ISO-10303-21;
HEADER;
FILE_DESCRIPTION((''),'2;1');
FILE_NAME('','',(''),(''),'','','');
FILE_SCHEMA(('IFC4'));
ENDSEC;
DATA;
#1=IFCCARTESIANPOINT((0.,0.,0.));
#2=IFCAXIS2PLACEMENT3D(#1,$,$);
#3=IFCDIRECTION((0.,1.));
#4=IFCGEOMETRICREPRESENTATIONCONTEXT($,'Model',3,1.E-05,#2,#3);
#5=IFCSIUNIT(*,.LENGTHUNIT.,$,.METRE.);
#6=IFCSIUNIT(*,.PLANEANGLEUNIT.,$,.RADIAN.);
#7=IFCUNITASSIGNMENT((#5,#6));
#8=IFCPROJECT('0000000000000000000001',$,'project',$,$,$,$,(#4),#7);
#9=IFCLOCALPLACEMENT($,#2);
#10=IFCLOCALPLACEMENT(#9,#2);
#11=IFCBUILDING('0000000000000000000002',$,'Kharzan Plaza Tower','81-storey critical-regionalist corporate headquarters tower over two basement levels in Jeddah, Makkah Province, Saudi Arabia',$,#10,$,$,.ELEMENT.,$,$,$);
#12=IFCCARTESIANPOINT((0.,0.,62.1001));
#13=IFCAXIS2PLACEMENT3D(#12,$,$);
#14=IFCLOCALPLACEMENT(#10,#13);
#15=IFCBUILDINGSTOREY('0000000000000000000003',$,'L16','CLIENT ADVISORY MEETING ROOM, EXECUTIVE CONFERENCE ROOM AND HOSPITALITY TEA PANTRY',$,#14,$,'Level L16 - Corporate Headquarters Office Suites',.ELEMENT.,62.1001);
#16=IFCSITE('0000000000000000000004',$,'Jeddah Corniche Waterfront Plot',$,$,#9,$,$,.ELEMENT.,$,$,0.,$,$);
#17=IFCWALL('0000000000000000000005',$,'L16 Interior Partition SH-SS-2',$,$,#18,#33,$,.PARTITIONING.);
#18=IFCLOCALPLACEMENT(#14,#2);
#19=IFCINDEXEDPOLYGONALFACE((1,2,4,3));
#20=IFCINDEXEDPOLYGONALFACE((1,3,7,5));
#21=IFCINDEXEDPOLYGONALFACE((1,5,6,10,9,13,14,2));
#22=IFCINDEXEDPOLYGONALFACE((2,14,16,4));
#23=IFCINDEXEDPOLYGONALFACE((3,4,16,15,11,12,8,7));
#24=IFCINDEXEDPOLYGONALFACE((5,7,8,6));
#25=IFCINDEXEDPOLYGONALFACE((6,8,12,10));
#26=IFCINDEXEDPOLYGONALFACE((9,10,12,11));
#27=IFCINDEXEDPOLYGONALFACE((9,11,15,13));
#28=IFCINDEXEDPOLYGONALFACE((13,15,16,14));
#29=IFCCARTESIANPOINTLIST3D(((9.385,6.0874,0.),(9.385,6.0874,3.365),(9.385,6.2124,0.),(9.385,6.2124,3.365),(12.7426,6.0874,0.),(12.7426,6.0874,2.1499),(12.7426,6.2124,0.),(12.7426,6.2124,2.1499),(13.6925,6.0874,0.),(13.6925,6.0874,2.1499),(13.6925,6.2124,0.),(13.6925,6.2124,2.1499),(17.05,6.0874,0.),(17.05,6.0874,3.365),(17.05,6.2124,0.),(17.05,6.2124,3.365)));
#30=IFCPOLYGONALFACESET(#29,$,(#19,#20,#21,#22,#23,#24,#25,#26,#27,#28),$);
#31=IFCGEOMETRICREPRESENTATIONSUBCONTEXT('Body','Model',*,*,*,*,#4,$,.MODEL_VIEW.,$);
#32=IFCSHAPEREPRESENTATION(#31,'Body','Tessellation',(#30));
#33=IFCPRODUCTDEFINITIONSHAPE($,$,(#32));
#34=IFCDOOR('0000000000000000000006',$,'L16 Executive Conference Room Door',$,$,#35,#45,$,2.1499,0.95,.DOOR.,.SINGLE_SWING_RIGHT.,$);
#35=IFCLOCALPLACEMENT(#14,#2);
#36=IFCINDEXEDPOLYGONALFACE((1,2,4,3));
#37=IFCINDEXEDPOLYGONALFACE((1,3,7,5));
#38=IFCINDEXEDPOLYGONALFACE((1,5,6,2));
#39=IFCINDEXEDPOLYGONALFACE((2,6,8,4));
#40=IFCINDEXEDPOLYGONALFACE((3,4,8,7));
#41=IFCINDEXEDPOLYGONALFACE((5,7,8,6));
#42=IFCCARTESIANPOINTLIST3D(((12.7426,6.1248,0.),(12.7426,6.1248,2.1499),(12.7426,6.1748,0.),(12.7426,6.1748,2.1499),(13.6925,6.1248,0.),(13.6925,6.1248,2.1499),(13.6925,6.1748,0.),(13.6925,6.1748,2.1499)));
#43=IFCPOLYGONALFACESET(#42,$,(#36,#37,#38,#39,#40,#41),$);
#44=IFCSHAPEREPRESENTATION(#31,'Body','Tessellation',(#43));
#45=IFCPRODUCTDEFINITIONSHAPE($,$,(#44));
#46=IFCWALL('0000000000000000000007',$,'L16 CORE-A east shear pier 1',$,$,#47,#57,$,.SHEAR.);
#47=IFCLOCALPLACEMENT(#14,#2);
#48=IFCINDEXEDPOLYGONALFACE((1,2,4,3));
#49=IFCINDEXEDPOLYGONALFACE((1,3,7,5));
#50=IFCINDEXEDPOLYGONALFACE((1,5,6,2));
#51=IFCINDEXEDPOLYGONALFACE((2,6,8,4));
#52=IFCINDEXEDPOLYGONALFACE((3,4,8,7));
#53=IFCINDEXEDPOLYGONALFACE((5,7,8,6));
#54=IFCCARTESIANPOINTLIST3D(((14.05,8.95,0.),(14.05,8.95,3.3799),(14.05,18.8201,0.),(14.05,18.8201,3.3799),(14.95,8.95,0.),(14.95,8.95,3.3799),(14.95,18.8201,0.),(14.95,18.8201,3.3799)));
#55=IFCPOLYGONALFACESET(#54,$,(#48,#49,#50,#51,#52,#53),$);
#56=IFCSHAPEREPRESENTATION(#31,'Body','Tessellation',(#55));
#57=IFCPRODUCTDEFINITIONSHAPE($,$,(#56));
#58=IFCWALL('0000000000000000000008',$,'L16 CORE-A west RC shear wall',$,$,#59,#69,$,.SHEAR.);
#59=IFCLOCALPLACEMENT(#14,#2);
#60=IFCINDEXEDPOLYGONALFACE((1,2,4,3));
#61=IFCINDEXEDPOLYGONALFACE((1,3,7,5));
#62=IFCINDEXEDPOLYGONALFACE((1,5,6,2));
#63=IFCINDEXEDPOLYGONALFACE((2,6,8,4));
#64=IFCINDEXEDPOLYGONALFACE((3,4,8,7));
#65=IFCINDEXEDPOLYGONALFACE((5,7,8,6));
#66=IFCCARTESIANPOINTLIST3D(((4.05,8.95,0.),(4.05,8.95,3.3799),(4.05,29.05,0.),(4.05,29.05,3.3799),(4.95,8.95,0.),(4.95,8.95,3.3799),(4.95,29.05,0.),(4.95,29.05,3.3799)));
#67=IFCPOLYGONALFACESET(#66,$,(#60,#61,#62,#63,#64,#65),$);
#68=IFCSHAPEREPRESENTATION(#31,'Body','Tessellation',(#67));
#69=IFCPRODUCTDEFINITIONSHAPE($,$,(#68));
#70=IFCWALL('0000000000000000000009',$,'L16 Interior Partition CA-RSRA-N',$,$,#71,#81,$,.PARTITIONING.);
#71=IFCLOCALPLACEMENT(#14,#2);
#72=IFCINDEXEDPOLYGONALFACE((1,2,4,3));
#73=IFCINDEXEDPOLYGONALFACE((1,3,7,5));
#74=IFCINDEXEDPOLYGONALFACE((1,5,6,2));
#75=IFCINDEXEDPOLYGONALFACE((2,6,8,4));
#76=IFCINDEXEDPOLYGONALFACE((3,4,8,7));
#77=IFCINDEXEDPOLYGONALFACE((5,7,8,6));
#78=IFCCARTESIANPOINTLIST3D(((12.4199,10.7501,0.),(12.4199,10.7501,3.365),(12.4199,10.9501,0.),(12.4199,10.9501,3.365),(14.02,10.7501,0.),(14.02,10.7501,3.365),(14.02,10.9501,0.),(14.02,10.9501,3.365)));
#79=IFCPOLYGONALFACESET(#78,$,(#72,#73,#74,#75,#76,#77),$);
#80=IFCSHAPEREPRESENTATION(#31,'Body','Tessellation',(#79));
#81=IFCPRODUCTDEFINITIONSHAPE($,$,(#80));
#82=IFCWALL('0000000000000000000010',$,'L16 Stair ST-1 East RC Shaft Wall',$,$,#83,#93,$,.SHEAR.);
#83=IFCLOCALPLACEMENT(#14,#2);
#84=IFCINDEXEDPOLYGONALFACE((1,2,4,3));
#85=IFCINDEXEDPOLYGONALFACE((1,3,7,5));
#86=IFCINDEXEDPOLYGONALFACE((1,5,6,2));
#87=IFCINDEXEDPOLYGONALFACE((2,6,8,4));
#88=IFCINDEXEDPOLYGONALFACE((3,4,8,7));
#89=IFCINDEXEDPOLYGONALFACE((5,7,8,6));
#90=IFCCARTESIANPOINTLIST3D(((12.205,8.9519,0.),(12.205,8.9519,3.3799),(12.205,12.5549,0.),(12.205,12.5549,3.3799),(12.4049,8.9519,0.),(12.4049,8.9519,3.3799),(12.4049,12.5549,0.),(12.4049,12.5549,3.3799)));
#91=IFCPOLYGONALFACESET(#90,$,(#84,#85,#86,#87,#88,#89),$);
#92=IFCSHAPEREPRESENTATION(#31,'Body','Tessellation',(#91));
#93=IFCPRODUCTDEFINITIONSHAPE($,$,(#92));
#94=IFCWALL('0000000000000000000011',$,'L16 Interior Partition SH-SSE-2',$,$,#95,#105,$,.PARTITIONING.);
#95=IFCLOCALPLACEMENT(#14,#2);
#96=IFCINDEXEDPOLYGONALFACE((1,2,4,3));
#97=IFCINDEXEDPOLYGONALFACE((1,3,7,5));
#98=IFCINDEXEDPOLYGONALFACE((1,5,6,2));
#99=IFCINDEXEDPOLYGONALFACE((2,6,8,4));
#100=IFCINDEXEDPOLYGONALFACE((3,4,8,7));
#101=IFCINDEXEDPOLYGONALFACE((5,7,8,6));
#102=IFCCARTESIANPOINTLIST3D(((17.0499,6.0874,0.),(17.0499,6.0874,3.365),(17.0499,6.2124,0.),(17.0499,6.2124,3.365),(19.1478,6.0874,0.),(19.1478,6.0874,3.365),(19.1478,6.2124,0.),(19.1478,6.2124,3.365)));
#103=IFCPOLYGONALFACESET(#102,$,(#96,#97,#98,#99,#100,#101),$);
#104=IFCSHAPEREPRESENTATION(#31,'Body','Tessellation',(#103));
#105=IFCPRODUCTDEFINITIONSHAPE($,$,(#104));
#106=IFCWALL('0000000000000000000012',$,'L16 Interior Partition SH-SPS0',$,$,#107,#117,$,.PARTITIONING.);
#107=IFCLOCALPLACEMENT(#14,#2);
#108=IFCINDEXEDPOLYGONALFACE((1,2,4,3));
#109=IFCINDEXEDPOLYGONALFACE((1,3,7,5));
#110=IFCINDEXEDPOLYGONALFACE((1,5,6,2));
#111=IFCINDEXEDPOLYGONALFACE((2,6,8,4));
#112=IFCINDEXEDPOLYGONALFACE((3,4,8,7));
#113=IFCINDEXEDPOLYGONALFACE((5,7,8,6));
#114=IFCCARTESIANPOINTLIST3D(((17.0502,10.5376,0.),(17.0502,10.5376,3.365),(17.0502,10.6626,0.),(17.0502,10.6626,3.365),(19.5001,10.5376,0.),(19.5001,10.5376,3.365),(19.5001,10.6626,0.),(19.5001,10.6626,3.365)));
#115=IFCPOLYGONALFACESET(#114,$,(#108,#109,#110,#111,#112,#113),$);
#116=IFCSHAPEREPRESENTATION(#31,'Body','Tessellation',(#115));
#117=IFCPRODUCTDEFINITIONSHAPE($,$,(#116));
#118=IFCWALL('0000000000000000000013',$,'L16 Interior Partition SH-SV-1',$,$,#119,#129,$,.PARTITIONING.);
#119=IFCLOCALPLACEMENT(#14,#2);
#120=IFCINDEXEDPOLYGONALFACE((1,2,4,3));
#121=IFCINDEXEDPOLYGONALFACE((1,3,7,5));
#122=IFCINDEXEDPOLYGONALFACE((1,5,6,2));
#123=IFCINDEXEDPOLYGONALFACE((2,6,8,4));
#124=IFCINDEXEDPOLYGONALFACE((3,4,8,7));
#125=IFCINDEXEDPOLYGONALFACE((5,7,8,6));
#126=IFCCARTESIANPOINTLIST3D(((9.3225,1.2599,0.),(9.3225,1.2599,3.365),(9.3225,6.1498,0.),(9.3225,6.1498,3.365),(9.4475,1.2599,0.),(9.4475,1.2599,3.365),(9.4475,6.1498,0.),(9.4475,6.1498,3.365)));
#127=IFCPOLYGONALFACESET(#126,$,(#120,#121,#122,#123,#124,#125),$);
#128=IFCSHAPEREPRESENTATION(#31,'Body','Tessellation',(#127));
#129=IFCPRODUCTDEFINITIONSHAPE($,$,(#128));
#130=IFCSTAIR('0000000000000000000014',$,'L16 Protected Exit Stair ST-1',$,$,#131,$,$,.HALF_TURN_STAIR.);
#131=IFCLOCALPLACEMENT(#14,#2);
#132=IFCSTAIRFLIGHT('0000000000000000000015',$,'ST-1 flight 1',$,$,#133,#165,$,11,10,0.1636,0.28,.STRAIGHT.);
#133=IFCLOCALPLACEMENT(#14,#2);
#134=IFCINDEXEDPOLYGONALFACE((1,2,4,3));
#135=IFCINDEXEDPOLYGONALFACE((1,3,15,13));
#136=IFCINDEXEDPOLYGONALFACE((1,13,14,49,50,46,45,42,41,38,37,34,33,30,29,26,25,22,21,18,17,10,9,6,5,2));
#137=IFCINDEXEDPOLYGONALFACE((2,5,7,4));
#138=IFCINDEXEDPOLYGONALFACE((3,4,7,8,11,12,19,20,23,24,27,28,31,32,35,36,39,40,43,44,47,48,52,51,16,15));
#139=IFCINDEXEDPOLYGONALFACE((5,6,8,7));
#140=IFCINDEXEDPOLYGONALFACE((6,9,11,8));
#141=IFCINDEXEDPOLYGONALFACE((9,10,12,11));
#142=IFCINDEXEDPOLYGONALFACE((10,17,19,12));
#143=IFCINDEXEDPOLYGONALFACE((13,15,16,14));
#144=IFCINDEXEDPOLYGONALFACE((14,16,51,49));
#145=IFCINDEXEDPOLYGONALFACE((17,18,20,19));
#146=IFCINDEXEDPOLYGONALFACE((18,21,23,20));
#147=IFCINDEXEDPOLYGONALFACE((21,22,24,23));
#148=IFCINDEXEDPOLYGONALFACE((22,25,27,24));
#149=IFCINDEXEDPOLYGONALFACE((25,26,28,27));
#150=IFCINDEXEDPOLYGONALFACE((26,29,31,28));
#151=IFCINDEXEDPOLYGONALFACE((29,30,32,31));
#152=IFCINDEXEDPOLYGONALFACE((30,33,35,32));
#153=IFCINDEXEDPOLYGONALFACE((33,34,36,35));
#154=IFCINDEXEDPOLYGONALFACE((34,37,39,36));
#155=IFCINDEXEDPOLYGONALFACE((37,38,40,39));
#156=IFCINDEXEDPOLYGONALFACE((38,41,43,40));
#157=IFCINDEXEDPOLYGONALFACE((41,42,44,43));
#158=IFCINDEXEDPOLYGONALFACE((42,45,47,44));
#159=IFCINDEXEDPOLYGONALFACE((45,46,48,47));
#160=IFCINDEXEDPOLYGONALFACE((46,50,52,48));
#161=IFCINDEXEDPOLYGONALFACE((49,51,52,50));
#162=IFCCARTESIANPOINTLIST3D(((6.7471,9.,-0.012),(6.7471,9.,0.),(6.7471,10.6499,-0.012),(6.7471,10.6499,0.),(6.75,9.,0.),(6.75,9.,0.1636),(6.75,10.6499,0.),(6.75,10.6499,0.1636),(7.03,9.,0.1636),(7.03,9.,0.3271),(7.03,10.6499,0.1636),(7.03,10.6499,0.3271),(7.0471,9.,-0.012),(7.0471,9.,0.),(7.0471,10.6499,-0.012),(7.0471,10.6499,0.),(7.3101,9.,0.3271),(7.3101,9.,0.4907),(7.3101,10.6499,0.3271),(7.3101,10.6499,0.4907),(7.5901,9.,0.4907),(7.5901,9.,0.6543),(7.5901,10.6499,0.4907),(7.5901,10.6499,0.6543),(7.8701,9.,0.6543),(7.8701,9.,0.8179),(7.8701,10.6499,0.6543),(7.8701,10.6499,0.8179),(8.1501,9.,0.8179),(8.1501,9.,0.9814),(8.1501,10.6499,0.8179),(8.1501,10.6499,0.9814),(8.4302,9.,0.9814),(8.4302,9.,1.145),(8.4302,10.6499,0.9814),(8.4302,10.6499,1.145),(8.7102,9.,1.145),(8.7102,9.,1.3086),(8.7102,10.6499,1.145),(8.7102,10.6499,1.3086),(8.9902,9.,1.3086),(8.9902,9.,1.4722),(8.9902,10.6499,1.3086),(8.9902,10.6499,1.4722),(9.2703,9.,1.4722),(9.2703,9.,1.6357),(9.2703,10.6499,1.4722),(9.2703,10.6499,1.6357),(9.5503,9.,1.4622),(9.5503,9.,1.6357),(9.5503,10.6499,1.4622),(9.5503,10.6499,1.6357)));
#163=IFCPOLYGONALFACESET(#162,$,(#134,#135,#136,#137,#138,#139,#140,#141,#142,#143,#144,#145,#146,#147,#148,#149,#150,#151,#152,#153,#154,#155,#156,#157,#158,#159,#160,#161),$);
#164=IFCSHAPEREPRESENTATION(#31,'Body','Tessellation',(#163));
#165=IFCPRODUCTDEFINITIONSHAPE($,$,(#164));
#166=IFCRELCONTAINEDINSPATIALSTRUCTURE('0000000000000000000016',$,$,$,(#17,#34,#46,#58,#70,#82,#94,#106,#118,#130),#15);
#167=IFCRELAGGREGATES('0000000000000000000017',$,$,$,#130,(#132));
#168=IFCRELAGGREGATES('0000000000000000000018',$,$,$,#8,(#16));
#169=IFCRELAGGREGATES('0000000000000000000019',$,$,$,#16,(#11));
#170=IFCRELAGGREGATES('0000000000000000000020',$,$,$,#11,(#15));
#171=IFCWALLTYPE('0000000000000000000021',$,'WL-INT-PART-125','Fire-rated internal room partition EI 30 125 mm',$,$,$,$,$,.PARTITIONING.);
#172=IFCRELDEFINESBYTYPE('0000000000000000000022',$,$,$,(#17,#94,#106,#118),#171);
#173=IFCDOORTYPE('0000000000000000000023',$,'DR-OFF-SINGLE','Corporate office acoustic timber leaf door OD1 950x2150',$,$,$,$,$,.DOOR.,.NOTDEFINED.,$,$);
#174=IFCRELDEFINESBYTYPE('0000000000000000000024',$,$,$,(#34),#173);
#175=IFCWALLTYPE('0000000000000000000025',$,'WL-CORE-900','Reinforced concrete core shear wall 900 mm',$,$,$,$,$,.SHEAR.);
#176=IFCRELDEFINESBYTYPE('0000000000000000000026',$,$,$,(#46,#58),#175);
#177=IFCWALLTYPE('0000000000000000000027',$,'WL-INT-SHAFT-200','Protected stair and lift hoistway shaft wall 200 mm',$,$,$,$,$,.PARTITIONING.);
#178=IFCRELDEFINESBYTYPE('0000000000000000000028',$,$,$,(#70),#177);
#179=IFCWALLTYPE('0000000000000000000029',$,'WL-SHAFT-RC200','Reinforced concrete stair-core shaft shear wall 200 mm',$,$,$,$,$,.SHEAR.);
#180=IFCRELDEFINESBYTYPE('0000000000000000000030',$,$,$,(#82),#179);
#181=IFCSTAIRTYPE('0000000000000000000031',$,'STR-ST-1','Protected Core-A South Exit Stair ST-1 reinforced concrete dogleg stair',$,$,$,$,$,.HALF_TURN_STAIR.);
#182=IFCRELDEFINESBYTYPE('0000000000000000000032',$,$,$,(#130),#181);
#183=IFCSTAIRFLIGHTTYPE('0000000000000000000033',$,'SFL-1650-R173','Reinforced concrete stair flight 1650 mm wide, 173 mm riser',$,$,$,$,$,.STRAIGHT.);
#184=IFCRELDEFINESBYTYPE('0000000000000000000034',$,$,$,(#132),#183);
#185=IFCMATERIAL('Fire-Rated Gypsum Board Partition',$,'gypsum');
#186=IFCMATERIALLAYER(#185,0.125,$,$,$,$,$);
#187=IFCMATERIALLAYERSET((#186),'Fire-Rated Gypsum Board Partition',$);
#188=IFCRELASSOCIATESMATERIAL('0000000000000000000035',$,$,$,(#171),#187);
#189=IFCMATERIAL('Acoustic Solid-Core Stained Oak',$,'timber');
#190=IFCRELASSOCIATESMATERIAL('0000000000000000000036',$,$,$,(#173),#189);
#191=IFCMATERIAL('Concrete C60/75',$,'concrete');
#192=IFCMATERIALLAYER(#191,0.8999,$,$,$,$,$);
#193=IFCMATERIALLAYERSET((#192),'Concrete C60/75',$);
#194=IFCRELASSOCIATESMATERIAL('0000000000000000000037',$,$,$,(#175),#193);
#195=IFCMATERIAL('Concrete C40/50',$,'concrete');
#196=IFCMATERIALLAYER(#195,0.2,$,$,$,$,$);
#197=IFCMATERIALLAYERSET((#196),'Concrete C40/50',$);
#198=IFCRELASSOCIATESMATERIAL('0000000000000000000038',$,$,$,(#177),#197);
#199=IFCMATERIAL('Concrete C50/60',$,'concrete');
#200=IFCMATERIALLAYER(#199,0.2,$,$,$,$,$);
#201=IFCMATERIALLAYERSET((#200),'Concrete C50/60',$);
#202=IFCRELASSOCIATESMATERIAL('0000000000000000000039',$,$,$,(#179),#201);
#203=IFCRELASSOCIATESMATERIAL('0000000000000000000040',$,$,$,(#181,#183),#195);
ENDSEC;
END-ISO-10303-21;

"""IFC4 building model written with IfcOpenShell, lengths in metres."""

from ifc_helpers import new_model, si_unit, direction, frame, frame_2d, origin, place, context, subcontext, project, spatial, polyline, rectangle, outline, extrude, source, transform, mapped, material, layer, layer_set, type_object, element, fill, aggregate, save


model = new_model("IFC4")

# Units and contexts
model_context = context("Model", 3, precision=1e-05, world=origin(), true_north=direction((0.0, 1.0)))
body_context = subcontext(model_context, "Body", "Model", "MODEL_VIEW")
ifc_project = project(units=[si_unit("LENGTHUNIT", "METRE"), si_unit("PLANEANGLEUNIT", "RADIAN")], contexts=[model_context])

# Site, building, storey
site_placement = place(None, origin())
site = spatial("IfcSite", under=ifc_project, at=site_placement, Name="Jeddah Corniche Waterfront Plot", CompositionType="ELEMENT", RefElevation=0.0)
building_placement = place(site_placement, origin())
building = spatial("IfcBuilding", under=site, at=building_placement, Name="Kharzan Plaza Tower", Description="81-storey critical-regionalist corporate headquarters tower over two basement levels in Jeddah, Makkah Province, Saudi Arabia", CompositionType="ELEMENT")
storey_placement = place(building_placement, frame((0.0, 0.0, 62.1001)))
storey = spatial("IfcBuildingStorey", under=building, at=storey_placement, Name="L16", Description="CLIENT ADVISORY MEETING ROOM, EXECUTIVE CONFERENCE ROOM AND HOSPITALITY TEA PANTRY", LongName="Level L16 - Corporate Headquarters Office Suites", CompositionType="ELEMENT", Elevation=62.1001)

# Shared definitions
ifc_material_1 = material(Name="Concrete C60/75", Category="concrete")

# Shared definitions
ifc_material_2 = material(Name="Concrete C40/50", Category="concrete")

# Wall, opening, door
ifc_material_3 = material(Name="Fire-Rated Gypsum Board Partition", Category="gypsum")
ifc_layer_1 = layer(ifc_material_3, 0.125)
ifc_layer_set_1 = layer_set([ifc_layer_1], Name="Fire-Rated Gypsum Board Partition")
wall_type_1 = type_object("IfcWallType", Name="WL-INT-PART-125", Description="Fire-rated internal room partition EI 30 125 mm", PredefinedType="PARTITIONING", material=ifc_layer_set_1)
ifc_material_4 = material(Name="Acoustic Solid-Core Stained Oak", Category="timber")
door_type = type_object("IfcDoorType", Name="DR-OFF-SINGLE", Description="Corporate office acoustic timber leaf door OD1 950x2150", OperationType="NOTDEFINED", PredefinedType="DOOR", material=ifc_material_4)
shared_shape_1 = source(origin(), body_context, "Body", "SweptSolid", [
    extrude(rectangle(XDim=0.95, YDim=2.1499, at=frame_2d((0.4751, 1.075))), frame((0.0, 0.0249, 0.0), z_axis=(0.0, -1.0, 0.0), x_axis=(1.0, 0.0, 0.0)), (0.0, 0.0, 1.0), 0.05),
])
wall_1_placement = place(storey_placement, frame((9.385, 6.1499, 0.0), z_axis=(0.0, 0.0, 1.0), x_axis=(1.0, 0.0, 0.0)))
wall_1 = element("IfcWall", 1, at=wall_1_placement, inside=storey, type_object=wall_type_1, Name="L16 Interior Partition SH-SS-2", PredefinedType="PARTITIONING", context=body_context, shape_type="SweptSolid", body=[
    extrude(rectangle(XDim=7.665, YDim=0.125, at=frame_2d((3.8325, 0.0))), origin(), (0.0, 0.0, 1.0), 3.365),
])
opening_1_placement = place(wall_1_placement, frame((3.3574, 0.0, 0.0)))
opening_1 = element("IfcOpeningElement", 2, at=opening_1_placement, cuts=wall_1, PredefinedType="OPENING", context=body_context, shape_type="SweptSolid", body=[
    extrude(rectangle(XDim=0.95, YDim=2.1499, at=frame_2d((0.4751, 1.075))), frame((0.0, 0.0725, 0.0), z_axis=(0.0, -1.0, 0.0), x_axis=(1.0, 0.0, 0.0)), (0.0, 0.0, 1.0), 0.145),
])
door_1_placement = place(opening_1_placement, origin())
door_1 = element("IfcDoor", 3, at=door_1_placement, inside=storey, type_object=door_type, Name="L16 Executive Conference Room Door", OperationType="SINGLE_SWING_RIGHT", OverallHeight=2.1499, OverallWidth=0.95, PredefinedType="DOOR", context=body_context, shape_type="MappedRepresentation", body=[
    mapped(shared_shape_1, transform((0.0, 0.0, 0.0), x_axis=(1.0, 0.0, 0.0), y_axis=(0.0, 1.0, 0.0), z_axis=(0.0, 0.0, 1.0))),
])
fill(opening_1, door_1)

# Walls
ifc_layer_2 = layer(ifc_material_1, 0.8999)
ifc_layer_set_2 = layer_set([ifc_layer_2], Name="Concrete C60/75")
wall_type_2 = type_object("IfcWallType", Name="WL-CORE-900", Description="Reinforced concrete core shear wall 900 mm", PredefinedType="SHEAR", material=ifc_layer_set_2)
shared_shape_2 = source(origin(), body_context, "Body", "SweptSolid", [
    extrude(rectangle(XDim=9.8701, YDim=0.8999, at=frame_2d((4.9351, 0.0))), origin(), (0.0, 0.0, 1.0), 3.3799),
])
wall_2_placement = place(storey_placement, frame((14.5, 8.95, 0.0), z_axis=(0.0, 0.0, 1.0), x_axis=(0.0, 1.0, 0.0)))
element("IfcWall", 4, at=wall_2_placement, inside=storey, type_object=wall_type_2, Name="L16 CORE-A east shear pier 1", PredefinedType="SHEAR", context=body_context, shape_type="MappedRepresentation", body=[
    mapped(shared_shape_2, transform((0.0, 0.0, 0.0), x_axis=(1.0, 0.0, 0.0), y_axis=(0.0, 1.0, 0.0), z_axis=(0.0, 0.0, 1.0))),
])
shared_shape_3 = source(origin(), body_context, "Body", "SweptSolid", [
    extrude(rectangle(XDim=20.1001, YDim=0.8999, at=frame_2d((10.05, 0.0))), origin(), (0.0, 0.0, 1.0), 3.3799),
])
wall_3_placement = place(storey_placement, frame((4.5, 8.95, 0.0), z_axis=(0.0, 0.0, 1.0), x_axis=(0.0, 1.0, 0.0)))
element("IfcWall", 5, at=wall_3_placement, inside=storey, type_object=wall_type_2, Name="L16 CORE-A west RC shear wall", PredefinedType="SHEAR", context=body_context, shape_type="MappedRepresentation", body=[
    mapped(shared_shape_3, transform((0.0, 0.0, 0.0), x_axis=(1.0, 0.0, 0.0), y_axis=(0.0, 1.0, 0.0), z_axis=(0.0, 0.0, 1.0))),
])
ifc_layer_3 = layer(ifc_material_2, 0.2)
ifc_layer_set_3 = layer_set([ifc_layer_3], Name="Concrete C40/50")
wall_type_3 = type_object("IfcWallType", Name="WL-INT-SHAFT-200", Description="Protected stair and lift hoistway shaft wall 200 mm", PredefinedType="PARTITIONING", material=ifc_layer_set_3)
shared_shape_4 = source(origin(), body_context, "Body", "SweptSolid", [
    extrude(rectangle(XDim=1.6001, YDim=0.2, at=frame_2d((0.8, 0.0))), origin(), (0.0, 0.0, 1.0), 3.365),
])
wall_4_placement = place(storey_placement, frame((12.4199, 10.8501, 0.0), z_axis=(0.0, 0.0, 1.0), x_axis=(1.0, 0.0, 0.0)))
element("IfcWall", 6, at=wall_4_placement, inside=storey, type_object=wall_type_3, Name="L16 Interior Partition CA-RSRA-N", PredefinedType="PARTITIONING", context=body_context, shape_type="MappedRepresentation", body=[
    mapped(shared_shape_4, transform((0.0, 0.0, 0.0), x_axis=(1.0, 0.0, 0.0), y_axis=(0.0, 1.0, 0.0), z_axis=(0.0, 0.0, 1.0))),
])
ifc_material_5 = material(Name="Concrete C50/60", Category="concrete")
ifc_layer_4 = layer(ifc_material_5, 0.2)
ifc_layer_set_4 = layer_set([ifc_layer_4], Name="Concrete C50/60")
wall_type_4 = type_object("IfcWallType", Name="WL-SHAFT-RC200", Description="Reinforced concrete stair-core shaft shear wall 200 mm", PredefinedType="SHEAR", material=ifc_layer_set_4)
shared_shape_5 = source(origin(), body_context, "Body", "SweptSolid", [
    extrude(rectangle(XDim=3.603, YDim=0.2, at=frame_2d((1.8015, 0.0))), origin(), (0.0, 0.0, 1.0), 3.3799),
])
wall_5_placement = place(storey_placement, frame((12.3049, 8.9519, 0.0), z_axis=(0.0, 0.0, 1.0), x_axis=(0.0, 1.0, 0.0)))
element("IfcWall", 7, at=wall_5_placement, inside=storey, type_object=wall_type_4, Name="L16 Stair ST-1 East RC Shaft Wall", PredefinedType="SHEAR", context=body_context, shape_type="MappedRepresentation", body=[
    mapped(shared_shape_5, transform((0.0, 0.0, 0.0), x_axis=(1.0, 0.0, 0.0), y_axis=(0.0, 1.0, 0.0), z_axis=(0.0, 0.0, 1.0))),
])
shared_shape_6 = source(origin(), body_context, "Body", "SweptSolid", [
    extrude(rectangle(XDim=2.0979, YDim=0.125, at=frame_2d((1.0488, 0.0))), origin(), (0.0, 0.0, 1.0), 3.365),
])
wall_6_placement = place(storey_placement, frame((17.05, 6.1499, 0.0), z_axis=(0.0, 0.0, 1.0), x_axis=(1.0, 0.0, 0.0)))
element("IfcWall", 8, at=wall_6_placement, inside=storey, type_object=wall_type_1, Name="L16 Interior Partition SH-SSE-2", PredefinedType="PARTITIONING", context=body_context, shape_type="MappedRepresentation", body=[
    mapped(shared_shape_6, transform((0.0, 0.0, 0.0), x_axis=(1.0, 0.0, 0.0), y_axis=(0.0, 1.0, 0.0), z_axis=(0.0, 0.0, 1.0))),
])
shared_shape_7 = source(origin(), body_context, "Body", "SweptSolid", [
    extrude(rectangle(XDim=2.45, YDim=0.125, at=frame_2d((1.2251, 0.0))), origin(), (0.0, 0.0, 1.0), 3.365),
])
wall_7_placement = place(storey_placement, frame((17.05, 10.6001, 0.0), z_axis=(0.0, 0.0, 1.0), x_axis=(1.0, 0.0, 0.0)))
element("IfcWall", 9, at=wall_7_placement, inside=storey, type_object=wall_type_1, Name="L16 Interior Partition SH-SPS0", PredefinedType="PARTITIONING", context=body_context, shape_type="MappedRepresentation", body=[
    mapped(shared_shape_7, transform((0.0, 0.0, 0.0), x_axis=(1.0, 0.0, 0.0), y_axis=(0.0, 1.0, 0.0), z_axis=(0.0, 0.0, 1.0))),
])
shared_shape_8 = source(origin(), body_context, "Body", "SweptSolid", [
    extrude(rectangle(XDim=4.8899, YDim=0.125, at=frame_2d((2.4448, 0.0))), origin(), (0.0, 0.0, 1.0), 3.365),
])
wall_8_placement = place(storey_placement, frame((9.385, 1.26, 0.0), z_axis=(0.0, 0.0, 1.0), x_axis=(0.0, 1.0, 0.0)))
element("IfcWall", 10, at=wall_8_placement, inside=storey, type_object=wall_type_1, Name="L16 Interior Partition SH-SV-1", PredefinedType="PARTITIONING", context=body_context, shape_type="MappedRepresentation", body=[
    mapped(shared_shape_8, transform((0.0, 0.0, 0.0), x_axis=(1.0, 0.0, 0.0), y_axis=(0.0, 1.0, 0.0), z_axis=(0.0, 0.0, 1.0))),
])

# Stair, stair flight
stair_type = type_object("IfcStairType", Name="STR-ST-1", Description="Protected Core-A South Exit Stair ST-1 reinforced concrete dogleg stair", PredefinedType="HALF_TURN_STAIR", material=ifc_material_2)
stair_placement = place(storey_placement, origin())
stair = element("IfcStair", 11, at=stair_placement, inside=storey, type_object=stair_type, Name="L16 Protected Exit Stair ST-1", PredefinedType="HALF_TURN_STAIR")
stair_flight_type = type_object("IfcStairFlightType", Name="SFL-1650-R173", Description="Reinforced concrete stair flight 1650 mm wide, 173 mm riser", PredefinedType="STRAIGHT", material=ifc_material_2)
shared_shape_9 = source(origin(), body_context, "Body", "SweptSolid", [
    extrude(outline(polyline([(-0.0029, -0.012), (-0.0029, 0.0), (0.0, 0.0), (0.0, 0.1636), (0.28, 0.1636), (0.28, 0.3271), (0.5601, 0.3271), (0.5601, 0.4907), (0.8401, 0.4907), (0.8401, 0.6543), (1.1201, 0.6543), (1.1201, 0.8179), (1.4001, 0.8179), (1.4001, 0.9814), (1.6802, 0.9814), (1.6802, 1.145), (1.9602, 1.145), (1.9602, 1.3086), (2.2402, 1.3086), (2.2402, 1.4722), (2.5203, 1.4722), (2.5203, 1.6357), (2.8003, 1.6357), (2.8003, 1.7993), (2.8003, 1.4622), (0.2971, 0.0), (0.2971, -0.012), (-0.0029, -0.012)])), frame((0.0, 0.825, 0.0), z_axis=(0.0, -1.0, 0.0), x_axis=(1.0, 0.0, 0.0)), (0.0, 0.0, 1.0), 1.6499),
])
stair_flight_placement = place(storey_placement, frame((6.75, 9.825, 0.0), z_axis=(0.0, 0.0, 1.0), x_axis=(1.0, 0.0, 0.0)))
stair_flight = element("IfcStairFlight", 12, at=stair_flight_placement, type_object=stair_flight_type, Name="ST-1 flight 1", NumberOfRisers=11, NumberOfTreads=10, PredefinedType="STRAIGHT", RiserHeight=0.1636, TreadLength=0.28, context=body_context, shape_type="MappedRepresentation", body=[
    mapped(shared_shape_9, transform((0.0, 0.0, 0.0), x_axis=(1.0, 0.0, 0.0), y_axis=(0.0, 1.0, 0.0), z_axis=(0.0, 0.0, 1.0))),
])
aggregate(stair, [stair_flight])

save(model, "model.ifc")
